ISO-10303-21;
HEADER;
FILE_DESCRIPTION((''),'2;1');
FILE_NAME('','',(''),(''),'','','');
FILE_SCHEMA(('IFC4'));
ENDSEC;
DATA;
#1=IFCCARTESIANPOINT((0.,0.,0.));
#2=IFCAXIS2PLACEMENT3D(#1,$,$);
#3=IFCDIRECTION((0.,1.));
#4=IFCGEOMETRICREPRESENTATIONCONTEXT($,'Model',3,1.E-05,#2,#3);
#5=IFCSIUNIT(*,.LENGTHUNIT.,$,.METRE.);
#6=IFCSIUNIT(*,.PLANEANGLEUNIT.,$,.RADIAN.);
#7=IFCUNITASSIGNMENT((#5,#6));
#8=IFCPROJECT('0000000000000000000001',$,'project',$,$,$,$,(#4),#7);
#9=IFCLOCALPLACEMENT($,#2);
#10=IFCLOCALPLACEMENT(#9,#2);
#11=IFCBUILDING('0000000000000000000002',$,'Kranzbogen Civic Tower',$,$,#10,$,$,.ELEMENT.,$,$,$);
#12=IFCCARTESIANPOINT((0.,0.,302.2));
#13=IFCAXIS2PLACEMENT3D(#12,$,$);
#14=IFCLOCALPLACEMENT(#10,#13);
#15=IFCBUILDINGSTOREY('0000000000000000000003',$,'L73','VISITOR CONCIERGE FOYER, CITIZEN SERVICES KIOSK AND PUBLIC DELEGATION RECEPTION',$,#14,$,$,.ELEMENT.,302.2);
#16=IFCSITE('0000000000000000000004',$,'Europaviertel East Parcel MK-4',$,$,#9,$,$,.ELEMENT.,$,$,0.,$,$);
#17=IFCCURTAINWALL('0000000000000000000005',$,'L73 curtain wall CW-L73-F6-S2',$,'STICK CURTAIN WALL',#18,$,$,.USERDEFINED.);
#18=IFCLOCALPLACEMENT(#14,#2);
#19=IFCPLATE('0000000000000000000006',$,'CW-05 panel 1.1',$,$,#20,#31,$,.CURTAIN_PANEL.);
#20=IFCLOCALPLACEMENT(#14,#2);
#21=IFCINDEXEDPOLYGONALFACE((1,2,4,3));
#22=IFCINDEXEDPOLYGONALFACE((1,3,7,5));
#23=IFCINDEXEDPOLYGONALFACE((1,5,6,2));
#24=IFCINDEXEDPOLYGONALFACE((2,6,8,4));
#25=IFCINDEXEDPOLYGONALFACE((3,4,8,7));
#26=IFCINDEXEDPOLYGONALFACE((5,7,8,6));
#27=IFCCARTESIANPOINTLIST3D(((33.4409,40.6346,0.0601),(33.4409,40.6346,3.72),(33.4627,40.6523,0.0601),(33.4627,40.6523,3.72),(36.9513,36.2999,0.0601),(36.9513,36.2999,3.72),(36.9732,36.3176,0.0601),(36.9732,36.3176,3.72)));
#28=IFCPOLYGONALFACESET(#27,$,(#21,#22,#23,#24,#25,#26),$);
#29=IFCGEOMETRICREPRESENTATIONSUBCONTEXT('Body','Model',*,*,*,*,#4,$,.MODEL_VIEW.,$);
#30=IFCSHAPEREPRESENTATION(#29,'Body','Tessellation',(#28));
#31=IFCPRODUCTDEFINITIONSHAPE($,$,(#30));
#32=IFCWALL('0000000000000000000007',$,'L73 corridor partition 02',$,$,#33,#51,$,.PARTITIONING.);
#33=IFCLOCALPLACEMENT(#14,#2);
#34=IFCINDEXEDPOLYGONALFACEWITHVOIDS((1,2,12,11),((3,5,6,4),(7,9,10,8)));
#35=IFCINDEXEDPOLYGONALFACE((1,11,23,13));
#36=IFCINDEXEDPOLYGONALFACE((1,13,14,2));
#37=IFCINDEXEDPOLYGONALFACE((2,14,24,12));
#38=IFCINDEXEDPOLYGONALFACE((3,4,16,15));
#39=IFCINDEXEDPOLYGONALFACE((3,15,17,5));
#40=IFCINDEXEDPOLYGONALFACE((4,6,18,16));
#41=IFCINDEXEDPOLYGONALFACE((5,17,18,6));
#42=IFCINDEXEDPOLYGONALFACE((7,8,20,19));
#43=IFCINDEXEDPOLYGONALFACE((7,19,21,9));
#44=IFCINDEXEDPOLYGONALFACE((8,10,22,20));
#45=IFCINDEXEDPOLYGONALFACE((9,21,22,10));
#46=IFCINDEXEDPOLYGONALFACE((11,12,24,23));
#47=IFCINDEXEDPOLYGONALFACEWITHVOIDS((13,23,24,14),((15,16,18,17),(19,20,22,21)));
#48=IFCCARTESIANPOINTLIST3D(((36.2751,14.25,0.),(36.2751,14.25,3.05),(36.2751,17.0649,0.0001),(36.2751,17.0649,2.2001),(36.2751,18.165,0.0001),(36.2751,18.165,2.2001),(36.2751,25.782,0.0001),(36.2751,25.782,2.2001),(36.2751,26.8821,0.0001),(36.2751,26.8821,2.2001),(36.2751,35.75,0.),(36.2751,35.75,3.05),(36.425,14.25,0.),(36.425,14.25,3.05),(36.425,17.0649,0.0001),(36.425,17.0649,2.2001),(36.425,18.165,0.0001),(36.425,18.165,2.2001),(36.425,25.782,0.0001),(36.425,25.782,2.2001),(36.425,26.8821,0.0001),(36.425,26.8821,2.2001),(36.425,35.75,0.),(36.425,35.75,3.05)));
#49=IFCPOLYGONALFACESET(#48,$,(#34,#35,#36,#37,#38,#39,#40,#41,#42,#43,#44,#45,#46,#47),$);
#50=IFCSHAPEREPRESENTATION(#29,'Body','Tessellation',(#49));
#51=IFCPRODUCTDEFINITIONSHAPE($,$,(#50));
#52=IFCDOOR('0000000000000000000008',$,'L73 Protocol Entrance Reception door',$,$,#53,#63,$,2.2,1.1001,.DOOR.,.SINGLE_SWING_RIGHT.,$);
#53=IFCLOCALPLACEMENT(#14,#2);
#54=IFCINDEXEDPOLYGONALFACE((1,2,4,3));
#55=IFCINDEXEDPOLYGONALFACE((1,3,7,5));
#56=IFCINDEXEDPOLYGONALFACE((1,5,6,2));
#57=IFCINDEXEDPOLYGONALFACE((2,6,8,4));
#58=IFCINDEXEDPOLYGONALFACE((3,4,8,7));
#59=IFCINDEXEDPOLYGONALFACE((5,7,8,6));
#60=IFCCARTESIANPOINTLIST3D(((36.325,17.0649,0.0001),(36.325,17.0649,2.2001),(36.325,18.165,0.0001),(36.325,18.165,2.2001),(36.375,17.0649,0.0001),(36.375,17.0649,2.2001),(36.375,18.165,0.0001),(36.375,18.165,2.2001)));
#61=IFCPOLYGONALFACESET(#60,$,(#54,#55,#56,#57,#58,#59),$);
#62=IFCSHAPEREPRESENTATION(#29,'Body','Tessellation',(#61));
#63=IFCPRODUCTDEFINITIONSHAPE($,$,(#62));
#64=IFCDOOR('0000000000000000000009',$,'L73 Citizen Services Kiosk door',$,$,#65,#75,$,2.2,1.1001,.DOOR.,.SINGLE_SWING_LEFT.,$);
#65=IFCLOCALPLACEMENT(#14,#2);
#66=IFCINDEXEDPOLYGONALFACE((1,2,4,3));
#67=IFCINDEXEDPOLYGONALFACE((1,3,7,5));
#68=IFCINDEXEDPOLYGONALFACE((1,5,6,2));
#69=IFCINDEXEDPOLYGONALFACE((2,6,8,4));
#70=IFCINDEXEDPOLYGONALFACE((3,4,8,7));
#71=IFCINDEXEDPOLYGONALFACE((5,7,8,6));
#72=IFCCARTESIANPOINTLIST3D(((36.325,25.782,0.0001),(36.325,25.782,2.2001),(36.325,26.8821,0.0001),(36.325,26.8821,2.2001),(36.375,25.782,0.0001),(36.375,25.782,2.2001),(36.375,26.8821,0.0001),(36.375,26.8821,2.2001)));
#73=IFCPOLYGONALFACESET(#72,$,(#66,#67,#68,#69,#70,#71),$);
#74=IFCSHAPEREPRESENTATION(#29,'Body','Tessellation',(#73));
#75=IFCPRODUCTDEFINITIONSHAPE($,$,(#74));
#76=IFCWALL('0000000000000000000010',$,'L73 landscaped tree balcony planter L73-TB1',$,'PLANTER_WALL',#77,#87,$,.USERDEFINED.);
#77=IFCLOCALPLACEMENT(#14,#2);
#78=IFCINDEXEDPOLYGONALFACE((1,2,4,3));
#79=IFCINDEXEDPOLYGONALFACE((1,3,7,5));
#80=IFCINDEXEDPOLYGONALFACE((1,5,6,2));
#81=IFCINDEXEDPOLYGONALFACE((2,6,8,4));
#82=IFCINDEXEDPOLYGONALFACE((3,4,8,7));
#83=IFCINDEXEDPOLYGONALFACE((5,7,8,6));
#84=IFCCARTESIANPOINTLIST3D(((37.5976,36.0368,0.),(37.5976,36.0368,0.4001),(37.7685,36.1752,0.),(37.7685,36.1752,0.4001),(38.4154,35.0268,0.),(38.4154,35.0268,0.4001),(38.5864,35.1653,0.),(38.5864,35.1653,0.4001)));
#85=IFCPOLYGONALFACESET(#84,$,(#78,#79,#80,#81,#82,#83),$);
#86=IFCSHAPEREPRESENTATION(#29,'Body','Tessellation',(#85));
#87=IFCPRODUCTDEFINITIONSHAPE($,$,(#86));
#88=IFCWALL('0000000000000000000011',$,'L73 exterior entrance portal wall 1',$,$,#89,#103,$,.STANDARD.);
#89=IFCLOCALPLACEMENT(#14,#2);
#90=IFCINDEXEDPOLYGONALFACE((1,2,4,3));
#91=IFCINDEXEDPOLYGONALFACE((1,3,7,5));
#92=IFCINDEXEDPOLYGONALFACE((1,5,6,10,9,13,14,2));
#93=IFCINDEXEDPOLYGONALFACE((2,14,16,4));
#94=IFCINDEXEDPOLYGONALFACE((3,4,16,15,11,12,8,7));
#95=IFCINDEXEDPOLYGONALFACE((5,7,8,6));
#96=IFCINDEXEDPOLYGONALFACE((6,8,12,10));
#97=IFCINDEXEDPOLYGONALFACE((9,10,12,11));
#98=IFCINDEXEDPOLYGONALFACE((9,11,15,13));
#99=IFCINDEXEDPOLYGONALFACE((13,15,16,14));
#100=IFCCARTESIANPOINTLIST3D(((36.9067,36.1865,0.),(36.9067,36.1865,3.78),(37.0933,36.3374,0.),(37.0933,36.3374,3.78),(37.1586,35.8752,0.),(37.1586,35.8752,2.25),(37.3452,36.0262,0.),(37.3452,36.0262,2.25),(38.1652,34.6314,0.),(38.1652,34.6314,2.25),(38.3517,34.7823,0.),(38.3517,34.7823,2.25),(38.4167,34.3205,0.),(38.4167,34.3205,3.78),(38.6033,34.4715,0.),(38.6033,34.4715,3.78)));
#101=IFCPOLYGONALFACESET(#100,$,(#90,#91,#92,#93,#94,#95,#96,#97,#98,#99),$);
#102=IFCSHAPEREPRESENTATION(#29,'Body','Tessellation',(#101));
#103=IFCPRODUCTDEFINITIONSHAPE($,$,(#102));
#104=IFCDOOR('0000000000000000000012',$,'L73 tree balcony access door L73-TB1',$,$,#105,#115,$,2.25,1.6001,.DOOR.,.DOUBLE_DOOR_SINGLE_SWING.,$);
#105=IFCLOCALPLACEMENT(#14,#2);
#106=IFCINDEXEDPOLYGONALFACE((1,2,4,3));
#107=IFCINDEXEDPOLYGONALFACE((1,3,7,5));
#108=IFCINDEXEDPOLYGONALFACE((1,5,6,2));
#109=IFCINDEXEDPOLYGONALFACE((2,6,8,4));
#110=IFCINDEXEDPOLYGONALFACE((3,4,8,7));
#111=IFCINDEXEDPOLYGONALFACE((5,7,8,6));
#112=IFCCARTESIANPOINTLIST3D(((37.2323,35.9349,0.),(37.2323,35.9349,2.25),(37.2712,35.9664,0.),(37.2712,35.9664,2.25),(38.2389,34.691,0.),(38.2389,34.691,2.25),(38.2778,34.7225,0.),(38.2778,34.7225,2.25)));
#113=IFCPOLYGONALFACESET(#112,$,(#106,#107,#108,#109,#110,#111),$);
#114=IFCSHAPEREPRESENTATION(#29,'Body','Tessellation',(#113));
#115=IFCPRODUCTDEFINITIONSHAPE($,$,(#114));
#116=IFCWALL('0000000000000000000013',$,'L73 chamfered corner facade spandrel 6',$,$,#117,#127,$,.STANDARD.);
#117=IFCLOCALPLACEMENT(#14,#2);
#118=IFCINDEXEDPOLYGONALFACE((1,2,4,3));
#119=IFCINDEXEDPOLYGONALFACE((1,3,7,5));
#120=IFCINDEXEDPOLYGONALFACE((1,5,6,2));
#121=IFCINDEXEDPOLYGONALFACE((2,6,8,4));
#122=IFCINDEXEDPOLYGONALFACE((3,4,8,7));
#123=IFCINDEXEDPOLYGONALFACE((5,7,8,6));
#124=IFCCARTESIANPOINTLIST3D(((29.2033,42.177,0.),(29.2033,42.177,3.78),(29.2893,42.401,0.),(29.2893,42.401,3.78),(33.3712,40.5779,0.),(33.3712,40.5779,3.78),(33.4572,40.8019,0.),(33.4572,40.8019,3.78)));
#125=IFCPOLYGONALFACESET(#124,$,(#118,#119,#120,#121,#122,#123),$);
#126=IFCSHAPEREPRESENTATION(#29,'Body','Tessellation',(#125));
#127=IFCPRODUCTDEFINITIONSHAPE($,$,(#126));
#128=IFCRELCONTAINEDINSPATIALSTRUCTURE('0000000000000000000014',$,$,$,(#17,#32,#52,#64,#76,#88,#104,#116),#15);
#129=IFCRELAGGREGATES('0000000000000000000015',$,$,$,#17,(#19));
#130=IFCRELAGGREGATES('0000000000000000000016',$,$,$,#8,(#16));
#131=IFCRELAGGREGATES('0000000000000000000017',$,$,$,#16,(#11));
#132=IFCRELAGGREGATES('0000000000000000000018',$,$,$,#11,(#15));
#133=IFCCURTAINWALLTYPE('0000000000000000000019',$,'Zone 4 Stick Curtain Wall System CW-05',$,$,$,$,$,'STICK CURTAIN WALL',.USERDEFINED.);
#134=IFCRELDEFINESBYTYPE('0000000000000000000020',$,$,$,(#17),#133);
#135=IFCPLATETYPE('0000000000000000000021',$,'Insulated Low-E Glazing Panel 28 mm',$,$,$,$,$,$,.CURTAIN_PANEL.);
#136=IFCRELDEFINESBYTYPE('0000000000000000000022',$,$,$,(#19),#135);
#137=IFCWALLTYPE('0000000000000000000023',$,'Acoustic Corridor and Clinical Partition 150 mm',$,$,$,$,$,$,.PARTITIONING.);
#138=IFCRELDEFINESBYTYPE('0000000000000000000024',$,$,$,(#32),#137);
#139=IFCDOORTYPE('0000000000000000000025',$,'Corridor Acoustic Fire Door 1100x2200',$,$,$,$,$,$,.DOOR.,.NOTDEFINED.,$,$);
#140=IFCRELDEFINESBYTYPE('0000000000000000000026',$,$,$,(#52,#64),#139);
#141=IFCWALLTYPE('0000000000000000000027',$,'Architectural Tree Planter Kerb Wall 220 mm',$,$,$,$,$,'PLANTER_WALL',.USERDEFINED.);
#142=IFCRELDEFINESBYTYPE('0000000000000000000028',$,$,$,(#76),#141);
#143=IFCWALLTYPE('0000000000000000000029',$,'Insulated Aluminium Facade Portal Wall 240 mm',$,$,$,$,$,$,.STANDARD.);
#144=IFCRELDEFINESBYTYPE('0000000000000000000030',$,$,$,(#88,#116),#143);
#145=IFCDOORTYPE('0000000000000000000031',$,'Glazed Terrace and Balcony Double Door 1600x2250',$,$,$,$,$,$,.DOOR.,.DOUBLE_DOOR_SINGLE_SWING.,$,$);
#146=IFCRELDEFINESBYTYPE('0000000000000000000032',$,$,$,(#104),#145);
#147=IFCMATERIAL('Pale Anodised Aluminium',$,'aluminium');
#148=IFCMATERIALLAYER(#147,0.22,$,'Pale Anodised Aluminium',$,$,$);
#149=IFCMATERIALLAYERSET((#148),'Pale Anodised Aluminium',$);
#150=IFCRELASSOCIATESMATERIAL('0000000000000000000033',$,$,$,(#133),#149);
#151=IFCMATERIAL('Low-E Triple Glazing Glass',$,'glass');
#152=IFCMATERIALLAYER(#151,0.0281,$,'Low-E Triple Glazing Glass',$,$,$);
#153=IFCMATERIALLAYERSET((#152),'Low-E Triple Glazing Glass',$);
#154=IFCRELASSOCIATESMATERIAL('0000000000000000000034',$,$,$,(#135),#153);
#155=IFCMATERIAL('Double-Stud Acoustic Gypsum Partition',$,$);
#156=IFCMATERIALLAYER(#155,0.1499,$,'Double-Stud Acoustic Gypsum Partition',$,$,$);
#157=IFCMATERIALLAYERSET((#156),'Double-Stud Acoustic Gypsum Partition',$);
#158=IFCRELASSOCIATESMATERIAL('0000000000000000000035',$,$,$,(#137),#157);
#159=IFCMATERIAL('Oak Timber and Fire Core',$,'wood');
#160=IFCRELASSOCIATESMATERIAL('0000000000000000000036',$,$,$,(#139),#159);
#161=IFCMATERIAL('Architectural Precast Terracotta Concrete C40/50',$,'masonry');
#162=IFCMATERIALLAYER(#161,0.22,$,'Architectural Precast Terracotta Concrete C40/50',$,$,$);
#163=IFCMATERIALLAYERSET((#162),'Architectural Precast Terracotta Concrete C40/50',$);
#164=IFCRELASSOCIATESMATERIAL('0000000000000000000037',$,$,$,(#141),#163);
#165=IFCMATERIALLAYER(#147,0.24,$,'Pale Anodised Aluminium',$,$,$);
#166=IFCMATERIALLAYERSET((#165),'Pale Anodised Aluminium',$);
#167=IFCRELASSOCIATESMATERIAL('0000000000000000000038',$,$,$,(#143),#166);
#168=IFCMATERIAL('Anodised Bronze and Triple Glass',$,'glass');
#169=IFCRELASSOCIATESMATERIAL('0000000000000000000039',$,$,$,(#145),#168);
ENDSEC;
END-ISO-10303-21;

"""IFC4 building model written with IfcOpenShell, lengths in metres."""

from ifc_helpers import new_model, si_unit, direction, frame, frame_2d, origin, origin_2d, place, context, subcontext, project, spatial, rectangle, extrude, material, layer, layer_set, type_object, element, fill, aggregate, save


model = new_model("IFC4")

# Units and contexts
model_context = context("Model", 3, precision=1e-05, world=origin(), true_north=direction((0.0, 1.0)))
body_context = subcontext(model_context, "Body", "Model", "MODEL_VIEW")
ifc_project = project(units=[si_unit("LENGTHUNIT", "METRE"), si_unit("PLANEANGLEUNIT", "RADIAN")], contexts=[model_context])

# Site, building, storey
site_placement = place(None, origin())
site = spatial("IfcSite", under=ifc_project, at=site_placement, Name="Europaviertel East Parcel MK-4", CompositionType="ELEMENT", RefElevation=0.0)
building_placement = place(site_placement, origin())
building = spatial("IfcBuilding", under=site, at=building_placement, Name="Kranzbogen Civic Tower", CompositionType="ELEMENT")
storey_placement = place(building_placement, frame((0.0, 0.0, 302.2)))
storey = spatial("IfcBuildingStorey", under=building, at=storey_placement, Name="L73", Description="VISITOR CONCIERGE FOYER, CITIZEN SERVICES KIOSK AND PUBLIC DELEGATION RECEPTION", CompositionType="ELEMENT", Elevation=302.2)

# Shared definitions
ifc_material_1 = material(Name="Pale Anodised Aluminium", Category="aluminium")
ifc_layer_1 = layer(ifc_material_1, 0.22, Name="Pale Anodised Aluminium")
ifc_layer_set_1 = layer_set([ifc_layer_1], Name="Pale Anodised Aluminium")
curtain_wall_type = type_object("IfcCurtainWallType", Name="Zone 4 Stick Curtain Wall System CW-05", ElementType="STICK CURTAIN WALL", PredefinedType="USERDEFINED", material=ifc_layer_set_1)

# Curtain wall
curtain_wall_1_placement = place(storey_placement, origin())
curtain_wall_1 = element("IfcCurtainWall", 1, at=curtain_wall_1_placement, inside=storey, type_object=curtain_wall_type, Name="L73 curtain wall CW-L73-F6-S2", ObjectType="STICK CURTAIN WALL", PredefinedType="USERDEFINED")

# Plate
ifc_material_2 = material(Name="Low-E Triple Glazing Glass", Category="glass")
ifc_layer_2 = layer(ifc_material_2, 0.0281, Name="Low-E Triple Glazing Glass")
ifc_layer_set_2 = layer_set([ifc_layer_2], Name="Low-E Triple Glazing Glass")
plate_type = type_object("IfcPlateType", Name="Insulated Low-E Glazing Panel 28 mm", PredefinedType="CURTAIN_PANEL", material=ifc_layer_set_2)
plate_placement = place(storey_placement, frame((35.207, 38.4761, 0.0601), z_axis=(0.0, 0.0, 1.0), x_axis=(-0.62935, 0.777122, 0.0)))
plate = element("IfcPlate", 2, at=plate_placement, type_object=plate_type, Name="CW-05 panel 1.1", PredefinedType="CURTAIN_PANEL", context=body_context, shape_type="SweptSolid", body=[
    extrude(rectangle(XDim=5.5779, YDim=0.0281, at=origin_2d()), origin(), (0.0, 0.0, 1.0), 3.6599),
])
aggregate(curtain_wall_1, [plate])

# Wall, openings, doors
ifc_material_3 = material(Name="Double-Stud Acoustic Gypsum Partition")
ifc_layer_3 = layer(ifc_material_3, 0.1499, Name="Double-Stud Acoustic Gypsum Partition")
ifc_layer_set_3 = layer_set([ifc_layer_3], Name="Double-Stud Acoustic Gypsum Partition")
wall_type_1 = type_object("IfcWallType", Name="Acoustic Corridor and Clinical Partition 150 mm", PredefinedType="PARTITIONING", material=ifc_layer_set_3)
wall_1_placement = place(storey_placement, frame((36.3501, 35.75, 0.0), z_axis=(0.0, 0.0, 1.0), x_axis=(0.0, -1.0, 0.0)))
wall_1 = element("IfcWall", 3, at=wall_1_placement, inside=storey, type_object=wall_type_1, Name="L73 corridor partition 02", PredefinedType="PARTITIONING", context=body_context, shape_type="SweptSolid", body=[
    extrude(rectangle(XDim=21.5, YDim=0.1499, at=frame_2d((10.75, 0.0))), origin(), (0.0, 0.0, 1.0), 3.05),
])
opening_1_placement = place(wall_1_placement, frame((17.585, 0.0, 0.0)))
opening_1 = element("IfcOpeningElement", 4, at=opening_1_placement, cuts=wall_1, PredefinedType="OPENING", context=body_context, shape_type="SweptSolid", body=[
    extrude(rectangle(XDim=1.1001, YDim=2.2, at=frame_2d((0.55, 1.1001))), frame((0.0, 0.085, 0.0), z_axis=(0.0, -1.0, 0.0), x_axis=(1.0, 0.0, 0.0)), (0.0, 0.0, 1.0), 0.1699),
])
opening_2_placement = place(wall_1_placement, frame((8.8679, 0.0, 0.0)))
opening_2 = element("IfcOpeningElement", 5, at=opening_2_placement, cuts=wall_1, PredefinedType="OPENING", context=body_context, shape_type="SweptSolid", body=[
    extrude(rectangle(XDim=1.1001, YDim=2.2, at=frame_2d((0.55, 1.1001))), frame((0.0, 0.085, 0.0), z_axis=(0.0, -1.0, 0.0), x_axis=(1.0, 0.0, 0.0)), (0.0, 0.0, 1.0), 0.1699),
])
ifc_material_4 = material(Name="Oak Timber and Fire Core", Category="wood")
door_type_1 = type_object("IfcDoorType", Name="Corridor Acoustic Fire Door 1100x2200", OperationType="NOTDEFINED", PredefinedType="DOOR", material=ifc_material_4)
door_1_placement = place(opening_1_placement, origin())
door_1 = element("IfcDoor", 6, at=door_1_placement, inside=storey, type_object=door_type_1, Name="L73 Protocol Entrance Reception door", OperationType="SINGLE_SWING_RIGHT", OverallHeight=2.2, OverallWidth=1.1001, PredefinedType="DOOR", context=body_context, shape_type="SweptSolid", body=[
    extrude(rectangle(XDim=1.1001, YDim=2.2, at=frame_2d((0.55, 1.1001))), frame((0.0, 0.0249, 0.0), z_axis=(0.0, -1.0, 0.0), x_axis=(1.0, 0.0, 0.0)), (0.0, 0.0, 1.0), 0.05),
])
fill(opening_1, door_1)
door_2_placement = place(opening_2_placement, origin())
door_2 = element("IfcDoor", 7, at=door_2_placement, inside=storey, type_object=door_type_1, Name="L73 Citizen Services Kiosk door", OperationType="SINGLE_SWING_LEFT", OverallHeight=2.2, OverallWidth=1.1001, PredefinedType="DOOR", context=body_context, shape_type="SweptSolid", body=[
    extrude(rectangle(XDim=1.1001, YDim=2.2, at=frame_2d((0.55, 1.1001))), frame((0.0, 0.0249, 0.0), z_axis=(0.0, -1.0, 0.0), x_axis=(1.0, 0.0, 0.0)), (0.0, 0.0, 1.0), 0.05),
])
fill(opening_2, door_2)

# Wall
ifc_material_5 = material(Name="Architectural Precast Terracotta Concrete C40/50", Category="masonry")
ifc_layer_4 = layer(ifc_material_5, 0.22, Name="Architectural Precast Terracotta Concrete C40/50")
ifc_layer_set_4 = layer_set([ifc_layer_4], Name="Architectural Precast Terracotta Concrete C40/50")
wall_type_2 = type_object("IfcWallType", Name="Architectural Tree Planter Kerb Wall 220 mm", ElementType="PLANTER_WALL", PredefinedType="USERDEFINED", material=ifc_layer_set_4)
wall_2_placement = place(storey_placement, frame((38.501, 35.0959, 0.0), z_axis=(0.0, 0.0, 1.0), x_axis=(-0.629312, 0.777153, 0.0)))
element("IfcWall", 8, at=wall_2_placement, inside=storey, type_object=wall_type_2, Name="L73 landscaped tree balcony planter L73-TB1", ObjectType="PLANTER_WALL", PredefinedType="USERDEFINED", context=body_context, shape_type="SweptSolid", body=[
    extrude(rectangle(XDim=1.2996, YDim=0.22, at=frame_2d((0.6499, 0.0))), origin(), (0.0, 0.0, 1.0), 0.4001),
])

# Wall, opening, door
ifc_layer_5 = layer(ifc_material_1, 0.24, Name="Pale Anodised Aluminium")
ifc_layer_set_5 = layer_set([ifc_layer_5], Name="Pale Anodised Aluminium")
wall_type_3 = type_object("IfcWallType", Name="Insulated Aluminium Facade Portal Wall 240 mm", PredefinedType="STANDARD", material=ifc_layer_set_5)
wall_3_placement = place(storey_placement, frame((38.51, 34.396, 0.0), z_axis=(0.0, 0.0, 1.0), x_axis=(-0.629064, 0.777354, 0.0)))
wall_3 = element("IfcWall", 9, at=wall_3_placement, inside=storey, type_object=wall_type_3, Name="L73 exterior entrance portal wall 1", PredefinedType="STANDARD", context=body_context, shape_type="SweptSolid", body=[
    extrude(rectangle(XDim=2.4004, YDim=0.24, at=frame_2d((1.2002, 0.0))), origin(), (0.0, 0.0, 1.0), 3.78),
])
opening_3_placement = place(wall_3_placement, frame((0.3999, 0.0, 0.0)))
opening_3 = element("IfcOpeningElement", 10, at=opening_3_placement, cuts=wall_3, PredefinedType="OPENING", context=body_context, shape_type="SweptSolid", body=[
    extrude(rectangle(XDim=1.6001, YDim=2.25, at=frame_2d((0.8, 1.125))), frame((0.0, 0.1299, 0.0), z_axis=(0.0, -1.0, 0.0), x_axis=(1.0, 0.0, 0.0)), (0.0, 0.0, 1.0), 0.26),
])
ifc_material_6 = material(Name="Anodised Bronze and Triple Glass", Category="glass")
door_type_2 = type_object("IfcDoorType", Name="Glazed Terrace and Balcony Double Door 1600x2250", OperationType="DOUBLE_DOOR_SINGLE_SWING", PredefinedType="DOOR", material=ifc_material_6)
door_3_placement = place(opening_3_placement, frame((1.6001, 0.0, 0.0), z_axis=(0.0, 0.0, 1.0), x_axis=(-1.0, 0.0, 0.0)))
door_3 = element("IfcDoor", 11, at=door_3_placement, inside=storey, type_object=door_type_2, Name="L73 tree balcony access door L73-TB1", OperationType="DOUBLE_DOOR_SINGLE_SWING", OverallHeight=2.25, OverallWidth=1.6001, PredefinedType="DOOR", context=body_context, shape_type="SweptSolid", body=[
    extrude(rectangle(XDim=1.6001, YDim=2.25, at=frame_2d((0.8, 1.125))), frame((0.0, 0.0249, 0.0), z_axis=(0.0, -1.0, 0.0), x_axis=(1.0, 0.0, 0.0)), (0.0, 0.0, 1.0), 0.05),
])
fill(opening_3, door_3)

# Wall
wall_4_placement = place(storey_placement, frame((33.4141, 40.6899, 0.0), z_axis=(0.0, 0.0, 1.0), x_axis=(-0.933641, 0.358209, 0.0)))
element("IfcWall", 12, at=wall_4_placement, inside=storey, type_object=wall_type_3, Name="L73 chamfered corner facade spandrel 6", PredefinedType="STANDARD", context=body_context, shape_type="SweptSolid", body=[
    extrude(rectangle(XDim=4.4641, YDim=0.24, at=frame_2d((2.2319, 0.0))), origin(), (0.0, 0.0, 1.0), 3.78),
])

save(model, "model.ifc")
